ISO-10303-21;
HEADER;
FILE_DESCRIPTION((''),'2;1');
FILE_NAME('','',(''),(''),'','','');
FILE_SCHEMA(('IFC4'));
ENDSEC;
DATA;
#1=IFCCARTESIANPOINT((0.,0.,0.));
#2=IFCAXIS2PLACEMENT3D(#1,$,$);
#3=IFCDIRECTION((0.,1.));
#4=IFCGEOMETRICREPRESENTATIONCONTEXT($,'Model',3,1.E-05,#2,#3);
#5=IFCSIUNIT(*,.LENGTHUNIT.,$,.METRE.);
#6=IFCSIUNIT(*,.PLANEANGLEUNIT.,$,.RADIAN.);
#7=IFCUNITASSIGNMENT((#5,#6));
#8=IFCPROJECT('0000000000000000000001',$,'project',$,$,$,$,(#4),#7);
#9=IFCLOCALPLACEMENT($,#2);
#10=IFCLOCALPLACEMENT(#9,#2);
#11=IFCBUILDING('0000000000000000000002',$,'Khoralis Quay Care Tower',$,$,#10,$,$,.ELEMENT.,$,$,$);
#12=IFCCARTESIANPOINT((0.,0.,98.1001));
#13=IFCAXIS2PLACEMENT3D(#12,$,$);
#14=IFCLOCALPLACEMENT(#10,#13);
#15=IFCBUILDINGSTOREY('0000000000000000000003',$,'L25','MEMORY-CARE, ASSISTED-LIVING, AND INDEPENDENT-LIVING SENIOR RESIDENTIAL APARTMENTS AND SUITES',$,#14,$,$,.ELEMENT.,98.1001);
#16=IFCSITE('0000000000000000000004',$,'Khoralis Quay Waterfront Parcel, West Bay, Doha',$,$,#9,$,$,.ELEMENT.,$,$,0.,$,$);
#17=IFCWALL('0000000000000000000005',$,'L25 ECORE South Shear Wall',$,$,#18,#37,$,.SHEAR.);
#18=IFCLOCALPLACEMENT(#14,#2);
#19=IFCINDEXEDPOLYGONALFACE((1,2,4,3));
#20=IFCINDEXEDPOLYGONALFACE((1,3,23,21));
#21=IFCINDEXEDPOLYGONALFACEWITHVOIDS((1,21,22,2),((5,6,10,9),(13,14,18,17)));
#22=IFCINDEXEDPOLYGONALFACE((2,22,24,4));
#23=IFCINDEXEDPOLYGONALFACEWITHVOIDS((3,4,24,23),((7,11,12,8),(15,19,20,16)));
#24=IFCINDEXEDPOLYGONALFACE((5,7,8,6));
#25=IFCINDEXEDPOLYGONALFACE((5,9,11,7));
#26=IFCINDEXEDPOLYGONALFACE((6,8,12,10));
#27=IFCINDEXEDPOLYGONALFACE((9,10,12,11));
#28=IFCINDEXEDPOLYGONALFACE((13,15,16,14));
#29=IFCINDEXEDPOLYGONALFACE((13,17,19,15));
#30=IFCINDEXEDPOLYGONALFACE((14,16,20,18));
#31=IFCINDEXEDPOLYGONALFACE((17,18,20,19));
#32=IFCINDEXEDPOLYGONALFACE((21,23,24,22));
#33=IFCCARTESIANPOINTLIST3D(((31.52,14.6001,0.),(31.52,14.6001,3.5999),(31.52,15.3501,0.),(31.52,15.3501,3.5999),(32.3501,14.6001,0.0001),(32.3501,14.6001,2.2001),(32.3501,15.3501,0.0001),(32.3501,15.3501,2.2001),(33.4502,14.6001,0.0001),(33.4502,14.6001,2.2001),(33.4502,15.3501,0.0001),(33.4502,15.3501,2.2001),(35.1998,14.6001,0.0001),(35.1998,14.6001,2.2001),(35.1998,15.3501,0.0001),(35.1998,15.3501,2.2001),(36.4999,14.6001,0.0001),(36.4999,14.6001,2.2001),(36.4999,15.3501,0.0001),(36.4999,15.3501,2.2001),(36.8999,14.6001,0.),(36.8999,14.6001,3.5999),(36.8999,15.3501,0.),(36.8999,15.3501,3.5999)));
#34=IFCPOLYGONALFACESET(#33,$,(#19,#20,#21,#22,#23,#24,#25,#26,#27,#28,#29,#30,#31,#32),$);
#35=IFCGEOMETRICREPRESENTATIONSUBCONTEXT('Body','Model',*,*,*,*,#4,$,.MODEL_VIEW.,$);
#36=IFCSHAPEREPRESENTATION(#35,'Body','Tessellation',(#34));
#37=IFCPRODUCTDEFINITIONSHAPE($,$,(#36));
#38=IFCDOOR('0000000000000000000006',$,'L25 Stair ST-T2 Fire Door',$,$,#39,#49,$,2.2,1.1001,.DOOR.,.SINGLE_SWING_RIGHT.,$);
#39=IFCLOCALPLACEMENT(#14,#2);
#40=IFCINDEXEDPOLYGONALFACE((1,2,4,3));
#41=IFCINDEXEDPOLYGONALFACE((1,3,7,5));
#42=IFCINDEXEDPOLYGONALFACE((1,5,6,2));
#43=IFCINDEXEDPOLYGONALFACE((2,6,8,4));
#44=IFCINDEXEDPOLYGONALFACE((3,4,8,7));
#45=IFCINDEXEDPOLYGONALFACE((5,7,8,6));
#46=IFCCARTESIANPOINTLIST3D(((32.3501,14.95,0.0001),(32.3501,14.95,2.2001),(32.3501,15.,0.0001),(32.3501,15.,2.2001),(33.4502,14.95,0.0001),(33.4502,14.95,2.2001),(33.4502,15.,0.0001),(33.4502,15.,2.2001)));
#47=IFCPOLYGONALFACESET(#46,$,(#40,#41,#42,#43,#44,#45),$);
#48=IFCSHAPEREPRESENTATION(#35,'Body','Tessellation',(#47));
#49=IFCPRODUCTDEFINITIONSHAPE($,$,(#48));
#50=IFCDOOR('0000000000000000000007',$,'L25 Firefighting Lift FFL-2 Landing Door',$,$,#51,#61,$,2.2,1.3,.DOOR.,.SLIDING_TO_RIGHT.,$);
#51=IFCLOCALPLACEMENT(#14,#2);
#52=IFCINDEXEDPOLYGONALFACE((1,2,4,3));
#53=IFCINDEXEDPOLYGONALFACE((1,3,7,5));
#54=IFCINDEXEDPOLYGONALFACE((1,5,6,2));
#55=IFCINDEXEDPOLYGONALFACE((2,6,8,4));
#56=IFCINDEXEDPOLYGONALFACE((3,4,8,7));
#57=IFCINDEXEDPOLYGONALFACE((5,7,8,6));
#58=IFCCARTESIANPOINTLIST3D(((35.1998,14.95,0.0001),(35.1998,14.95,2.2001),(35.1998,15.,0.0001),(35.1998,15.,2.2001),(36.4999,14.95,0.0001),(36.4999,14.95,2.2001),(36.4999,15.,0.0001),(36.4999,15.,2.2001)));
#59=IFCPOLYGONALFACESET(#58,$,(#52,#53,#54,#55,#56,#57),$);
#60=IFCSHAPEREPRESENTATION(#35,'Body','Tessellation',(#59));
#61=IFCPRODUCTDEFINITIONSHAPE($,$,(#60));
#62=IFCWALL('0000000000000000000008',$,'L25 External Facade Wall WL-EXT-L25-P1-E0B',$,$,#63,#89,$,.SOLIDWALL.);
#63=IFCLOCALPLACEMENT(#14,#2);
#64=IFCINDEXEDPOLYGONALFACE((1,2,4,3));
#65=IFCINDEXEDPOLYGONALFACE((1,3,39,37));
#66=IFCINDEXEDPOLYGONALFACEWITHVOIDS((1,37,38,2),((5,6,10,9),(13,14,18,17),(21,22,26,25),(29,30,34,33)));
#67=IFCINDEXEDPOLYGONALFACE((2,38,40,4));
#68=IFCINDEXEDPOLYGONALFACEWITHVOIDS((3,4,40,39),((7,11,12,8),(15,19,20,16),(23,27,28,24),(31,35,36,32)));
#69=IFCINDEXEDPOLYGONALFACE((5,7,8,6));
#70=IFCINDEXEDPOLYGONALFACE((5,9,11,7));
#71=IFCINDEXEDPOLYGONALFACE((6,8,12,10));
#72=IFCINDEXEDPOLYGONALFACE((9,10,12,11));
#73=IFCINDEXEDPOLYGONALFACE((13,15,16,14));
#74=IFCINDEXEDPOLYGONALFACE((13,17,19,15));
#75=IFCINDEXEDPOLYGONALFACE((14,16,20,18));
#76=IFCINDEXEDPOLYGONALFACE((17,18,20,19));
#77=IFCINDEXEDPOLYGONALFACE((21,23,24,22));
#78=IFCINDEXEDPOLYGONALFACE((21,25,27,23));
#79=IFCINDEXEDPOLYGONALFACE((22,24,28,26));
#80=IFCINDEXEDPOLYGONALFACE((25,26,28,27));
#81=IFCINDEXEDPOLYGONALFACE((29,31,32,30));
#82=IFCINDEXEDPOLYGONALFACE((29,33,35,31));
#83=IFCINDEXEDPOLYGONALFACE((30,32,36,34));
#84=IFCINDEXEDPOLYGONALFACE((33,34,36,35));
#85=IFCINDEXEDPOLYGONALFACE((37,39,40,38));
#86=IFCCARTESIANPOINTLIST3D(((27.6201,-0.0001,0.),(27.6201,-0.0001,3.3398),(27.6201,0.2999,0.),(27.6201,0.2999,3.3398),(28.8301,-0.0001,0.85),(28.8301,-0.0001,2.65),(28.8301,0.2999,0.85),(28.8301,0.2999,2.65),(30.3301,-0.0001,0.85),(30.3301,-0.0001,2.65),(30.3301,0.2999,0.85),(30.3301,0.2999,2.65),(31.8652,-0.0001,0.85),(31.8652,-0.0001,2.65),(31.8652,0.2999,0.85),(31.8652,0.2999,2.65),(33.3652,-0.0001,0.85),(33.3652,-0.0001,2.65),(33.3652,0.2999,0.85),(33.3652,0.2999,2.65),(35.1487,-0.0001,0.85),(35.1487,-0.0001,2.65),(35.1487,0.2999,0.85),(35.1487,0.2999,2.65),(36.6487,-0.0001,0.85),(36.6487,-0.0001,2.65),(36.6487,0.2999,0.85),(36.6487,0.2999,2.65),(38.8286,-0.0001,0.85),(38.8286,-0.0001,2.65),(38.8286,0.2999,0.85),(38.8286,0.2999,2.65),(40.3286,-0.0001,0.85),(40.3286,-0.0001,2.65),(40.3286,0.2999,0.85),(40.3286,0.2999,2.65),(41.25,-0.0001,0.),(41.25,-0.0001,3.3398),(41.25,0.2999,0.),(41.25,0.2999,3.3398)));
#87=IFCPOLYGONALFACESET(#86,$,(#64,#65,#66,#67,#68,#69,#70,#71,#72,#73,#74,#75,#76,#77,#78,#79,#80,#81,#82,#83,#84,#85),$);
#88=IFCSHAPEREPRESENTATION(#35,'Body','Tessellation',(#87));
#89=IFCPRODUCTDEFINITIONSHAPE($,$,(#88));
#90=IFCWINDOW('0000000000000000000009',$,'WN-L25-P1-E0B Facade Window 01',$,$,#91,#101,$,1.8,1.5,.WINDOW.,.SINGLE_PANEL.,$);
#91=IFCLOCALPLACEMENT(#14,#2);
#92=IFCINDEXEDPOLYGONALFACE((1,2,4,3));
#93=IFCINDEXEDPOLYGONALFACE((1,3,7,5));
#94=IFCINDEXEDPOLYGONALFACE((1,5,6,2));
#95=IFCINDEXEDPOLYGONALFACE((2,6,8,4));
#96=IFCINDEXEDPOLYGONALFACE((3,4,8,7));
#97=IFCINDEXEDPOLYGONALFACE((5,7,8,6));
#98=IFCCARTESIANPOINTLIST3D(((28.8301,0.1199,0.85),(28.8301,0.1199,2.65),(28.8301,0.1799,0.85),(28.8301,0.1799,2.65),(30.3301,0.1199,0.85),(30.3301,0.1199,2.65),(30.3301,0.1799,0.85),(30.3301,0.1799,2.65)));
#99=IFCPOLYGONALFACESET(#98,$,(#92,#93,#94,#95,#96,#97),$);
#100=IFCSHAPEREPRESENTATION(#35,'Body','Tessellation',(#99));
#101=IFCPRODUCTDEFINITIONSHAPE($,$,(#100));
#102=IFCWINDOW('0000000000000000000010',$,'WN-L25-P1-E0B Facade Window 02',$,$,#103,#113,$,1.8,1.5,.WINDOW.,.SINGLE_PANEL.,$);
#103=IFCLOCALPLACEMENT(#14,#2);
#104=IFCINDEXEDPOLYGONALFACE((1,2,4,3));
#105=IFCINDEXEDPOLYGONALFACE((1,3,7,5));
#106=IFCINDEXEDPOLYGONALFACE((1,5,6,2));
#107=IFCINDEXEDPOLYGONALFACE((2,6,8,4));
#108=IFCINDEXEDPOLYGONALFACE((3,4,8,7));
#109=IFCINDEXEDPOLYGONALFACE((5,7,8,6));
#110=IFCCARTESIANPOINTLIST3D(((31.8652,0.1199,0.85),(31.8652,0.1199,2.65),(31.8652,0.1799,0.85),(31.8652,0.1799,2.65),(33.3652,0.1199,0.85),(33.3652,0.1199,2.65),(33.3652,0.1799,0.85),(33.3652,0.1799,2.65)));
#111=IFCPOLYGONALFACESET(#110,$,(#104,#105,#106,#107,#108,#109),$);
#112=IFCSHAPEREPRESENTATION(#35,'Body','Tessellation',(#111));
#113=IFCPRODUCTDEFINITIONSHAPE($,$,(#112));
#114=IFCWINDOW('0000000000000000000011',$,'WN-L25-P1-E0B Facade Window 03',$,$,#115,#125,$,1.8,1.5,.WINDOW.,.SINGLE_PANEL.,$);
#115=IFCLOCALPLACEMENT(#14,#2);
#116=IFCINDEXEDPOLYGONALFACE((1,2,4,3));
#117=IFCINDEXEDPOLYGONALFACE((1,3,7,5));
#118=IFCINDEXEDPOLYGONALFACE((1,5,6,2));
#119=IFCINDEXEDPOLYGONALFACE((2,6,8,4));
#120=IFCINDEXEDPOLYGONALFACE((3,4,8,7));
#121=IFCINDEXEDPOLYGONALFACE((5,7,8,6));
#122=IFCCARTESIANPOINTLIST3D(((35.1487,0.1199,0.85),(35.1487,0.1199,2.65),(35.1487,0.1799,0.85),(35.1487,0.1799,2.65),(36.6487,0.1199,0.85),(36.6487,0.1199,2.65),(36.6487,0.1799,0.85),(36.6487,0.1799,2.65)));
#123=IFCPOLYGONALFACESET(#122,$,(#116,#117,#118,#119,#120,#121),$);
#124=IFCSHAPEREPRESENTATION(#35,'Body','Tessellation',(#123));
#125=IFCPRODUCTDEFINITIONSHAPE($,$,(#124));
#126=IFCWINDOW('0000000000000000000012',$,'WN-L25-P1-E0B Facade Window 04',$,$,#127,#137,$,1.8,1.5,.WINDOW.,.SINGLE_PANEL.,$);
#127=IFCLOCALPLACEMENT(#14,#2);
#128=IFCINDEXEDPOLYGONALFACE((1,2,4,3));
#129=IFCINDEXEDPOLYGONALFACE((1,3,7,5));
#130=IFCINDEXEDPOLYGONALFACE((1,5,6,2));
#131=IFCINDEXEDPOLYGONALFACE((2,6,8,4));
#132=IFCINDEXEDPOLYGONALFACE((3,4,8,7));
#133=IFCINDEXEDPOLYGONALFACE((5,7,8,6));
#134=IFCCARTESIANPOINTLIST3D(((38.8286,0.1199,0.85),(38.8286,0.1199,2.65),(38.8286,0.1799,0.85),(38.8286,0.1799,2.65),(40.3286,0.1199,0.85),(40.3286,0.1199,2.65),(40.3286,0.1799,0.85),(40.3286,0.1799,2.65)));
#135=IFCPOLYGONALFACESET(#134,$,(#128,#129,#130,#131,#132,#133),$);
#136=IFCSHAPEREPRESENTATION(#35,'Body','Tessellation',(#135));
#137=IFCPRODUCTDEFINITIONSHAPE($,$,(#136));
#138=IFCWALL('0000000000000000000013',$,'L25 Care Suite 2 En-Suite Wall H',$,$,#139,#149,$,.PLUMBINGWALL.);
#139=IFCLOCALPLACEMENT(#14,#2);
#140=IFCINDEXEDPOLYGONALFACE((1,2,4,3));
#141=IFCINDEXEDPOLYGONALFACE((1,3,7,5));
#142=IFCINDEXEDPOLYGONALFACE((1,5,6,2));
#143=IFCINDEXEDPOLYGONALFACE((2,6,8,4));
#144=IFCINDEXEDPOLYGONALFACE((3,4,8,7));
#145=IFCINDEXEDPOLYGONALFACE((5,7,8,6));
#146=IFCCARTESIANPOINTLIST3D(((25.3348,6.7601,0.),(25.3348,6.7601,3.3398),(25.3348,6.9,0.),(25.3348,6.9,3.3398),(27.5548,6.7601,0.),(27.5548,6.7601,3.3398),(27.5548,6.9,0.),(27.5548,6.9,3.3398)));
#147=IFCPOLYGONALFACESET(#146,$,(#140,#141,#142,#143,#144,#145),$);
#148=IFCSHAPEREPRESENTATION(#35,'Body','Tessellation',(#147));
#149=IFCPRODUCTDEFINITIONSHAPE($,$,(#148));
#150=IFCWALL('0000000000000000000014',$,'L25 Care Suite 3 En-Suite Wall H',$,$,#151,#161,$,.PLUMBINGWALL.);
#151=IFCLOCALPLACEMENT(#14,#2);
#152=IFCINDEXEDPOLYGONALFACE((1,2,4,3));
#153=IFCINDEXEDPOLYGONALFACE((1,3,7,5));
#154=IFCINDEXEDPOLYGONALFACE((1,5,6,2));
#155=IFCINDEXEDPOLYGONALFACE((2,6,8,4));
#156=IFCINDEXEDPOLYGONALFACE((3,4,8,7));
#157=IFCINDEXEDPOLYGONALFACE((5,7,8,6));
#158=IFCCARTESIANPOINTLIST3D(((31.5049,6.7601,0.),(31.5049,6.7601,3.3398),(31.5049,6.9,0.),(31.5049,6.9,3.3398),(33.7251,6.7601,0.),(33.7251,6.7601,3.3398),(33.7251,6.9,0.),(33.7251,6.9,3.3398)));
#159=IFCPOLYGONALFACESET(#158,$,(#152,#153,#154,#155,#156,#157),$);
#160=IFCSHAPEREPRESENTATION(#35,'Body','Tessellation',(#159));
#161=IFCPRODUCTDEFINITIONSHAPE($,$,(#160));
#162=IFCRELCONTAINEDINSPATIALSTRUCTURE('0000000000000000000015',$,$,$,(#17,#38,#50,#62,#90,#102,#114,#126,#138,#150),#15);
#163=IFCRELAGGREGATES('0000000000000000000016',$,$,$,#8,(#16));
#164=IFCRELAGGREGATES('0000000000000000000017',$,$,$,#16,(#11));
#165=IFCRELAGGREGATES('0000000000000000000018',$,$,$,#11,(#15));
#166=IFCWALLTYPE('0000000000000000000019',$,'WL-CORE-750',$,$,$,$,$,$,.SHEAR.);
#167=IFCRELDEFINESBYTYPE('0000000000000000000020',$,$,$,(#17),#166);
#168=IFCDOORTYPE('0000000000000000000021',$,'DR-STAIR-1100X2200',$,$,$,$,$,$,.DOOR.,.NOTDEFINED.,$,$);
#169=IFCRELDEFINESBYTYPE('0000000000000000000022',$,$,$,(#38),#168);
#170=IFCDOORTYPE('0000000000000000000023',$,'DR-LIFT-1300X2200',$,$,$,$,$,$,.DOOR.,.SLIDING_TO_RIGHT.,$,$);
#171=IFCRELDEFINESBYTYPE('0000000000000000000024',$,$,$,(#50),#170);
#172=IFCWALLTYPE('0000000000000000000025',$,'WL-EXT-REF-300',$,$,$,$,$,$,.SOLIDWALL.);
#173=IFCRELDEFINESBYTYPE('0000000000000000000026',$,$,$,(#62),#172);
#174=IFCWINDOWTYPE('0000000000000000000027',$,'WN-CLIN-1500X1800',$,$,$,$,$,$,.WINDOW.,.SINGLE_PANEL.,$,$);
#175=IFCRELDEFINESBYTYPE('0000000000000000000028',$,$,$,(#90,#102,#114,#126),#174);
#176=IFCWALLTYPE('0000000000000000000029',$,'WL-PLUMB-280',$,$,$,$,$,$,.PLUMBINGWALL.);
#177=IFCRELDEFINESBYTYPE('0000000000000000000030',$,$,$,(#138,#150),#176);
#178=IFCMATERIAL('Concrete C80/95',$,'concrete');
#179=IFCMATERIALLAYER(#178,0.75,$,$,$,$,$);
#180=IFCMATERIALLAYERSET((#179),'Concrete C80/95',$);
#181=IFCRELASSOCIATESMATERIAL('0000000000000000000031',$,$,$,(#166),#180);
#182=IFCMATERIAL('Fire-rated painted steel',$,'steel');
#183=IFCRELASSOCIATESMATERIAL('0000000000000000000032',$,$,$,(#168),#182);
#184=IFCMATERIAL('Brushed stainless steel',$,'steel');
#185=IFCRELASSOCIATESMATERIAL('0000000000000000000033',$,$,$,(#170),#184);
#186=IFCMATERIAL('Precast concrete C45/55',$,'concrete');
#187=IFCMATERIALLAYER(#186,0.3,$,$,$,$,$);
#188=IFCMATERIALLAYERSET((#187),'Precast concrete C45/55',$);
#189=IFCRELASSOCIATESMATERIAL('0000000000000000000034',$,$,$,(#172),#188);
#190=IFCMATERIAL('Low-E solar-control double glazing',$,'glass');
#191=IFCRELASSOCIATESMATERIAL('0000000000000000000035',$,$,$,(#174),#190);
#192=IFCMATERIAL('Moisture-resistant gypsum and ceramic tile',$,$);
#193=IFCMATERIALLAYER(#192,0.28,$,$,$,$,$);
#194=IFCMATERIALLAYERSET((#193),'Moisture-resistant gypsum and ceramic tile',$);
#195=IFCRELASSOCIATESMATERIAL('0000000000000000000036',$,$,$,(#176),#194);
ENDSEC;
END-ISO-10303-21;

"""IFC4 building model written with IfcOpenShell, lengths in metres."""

from ifc_helpers import new_model, si_unit, direction, frame, frame_2d, origin, place, context, subcontext, project, spatial, rectangle, extrude, source, transform, mapped, material, layer, layer_set, type_object, element, fill, save


model = new_model("IFC4")

# Units and contexts
model_context = context("Model", 3, precision=1e-05, world=origin(), true_north=direction((0.0, 1.0)))
body_context = subcontext(model_context, "Body", "Model", "MODEL_VIEW")
ifc_project = project(units=[si_unit("LENGTHUNIT", "METRE"), si_unit("PLANEANGLEUNIT", "RADIAN")], contexts=[model_context])

# Site, building, storey
site_placement = place(None, origin())
site = spatial("IfcSite", under=ifc_project, at=site_placement, Name="Khoralis Quay Waterfront Parcel, West Bay, Doha", CompositionType="ELEMENT", RefElevation=0.0)
building_placement = place(site_placement, origin())
building = spatial("IfcBuilding", under=site, at=building_placement, Name="Khoralis Quay Care Tower", CompositionType="ELEMENT")
storey_placement = place(building_placement, frame((0.0, 0.0, 98.1001)))
storey = spatial("IfcBuildingStorey", under=building, at=storey_placement, Name="L25", Description="MEMORY-CARE, ASSISTED-LIVING, AND INDEPENDENT-LIVING SENIOR RESIDENTIAL APARTMENTS AND SUITES", CompositionType="ELEMENT", Elevation=98.1001)

# Shared definitions
ifc_material_1 = material(Name="Low-E solar-control double glazing", Category="glass")

# Shared definitions
ifc_material_2 = material(Name="Fire-rated painted steel", Category="steel")

# Shared definitions
ifc_material_3 = material(Name="Concrete C80/95", Category="concrete")
ifc_layer_1 = layer(ifc_material_3, 0.75)
ifc_layer_set_1 = layer_set([ifc_layer_1], Name="Concrete C80/95")
wall_type_1 = type_object("IfcWallType", Name="WL-CORE-750", PredefinedType="SHEAR", material=ifc_layer_set_1)

# Wall, openings, doors
wall_1_placement = place(storey_placement, frame((31.52, 14.9751, 0.0), z_axis=(0.0, 0.0, 1.0), x_axis=(1.0, 0.0, 0.0)))
wall_1 = element("IfcWall", 1, at=wall_1_placement, inside=storey, type_object=wall_type_1, Name="L25 ECORE South Shear Wall", PredefinedType="SHEAR", context=body_context, shape_type="SweptSolid", body=[
    extrude(rectangle(XDim=5.3799, YDim=0.75, at=frame_2d((2.6899, 0.0))), origin(), (0.0, 0.0, 1.0), 3.5999),
])
opening_1_placement = place(wall_1_placement, frame((0.8301, 0.0, 0.0)))
opening_1 = element("IfcOpeningElement", 2, at=opening_1_placement, cuts=wall_1, PredefinedType="OPENING", context=body_context, shape_type="SweptSolid", body=[
    extrude(rectangle(XDim=1.1001, YDim=2.2, at=frame_2d((0.55, 1.1001))), frame((0.0, 0.385, 0.0), z_axis=(0.0, -1.0, 0.0), x_axis=(1.0, 0.0, 0.0)), (0.0, 0.0, 1.0), 0.77),
])
opening_2_placement = place(wall_1_placement, frame((3.6799, 0.0, 0.0)))
opening_2 = element("IfcOpeningElement", 3, at=opening_2_placement, cuts=wall_1, PredefinedType="OPENING", context=body_context, shape_type="SweptSolid", body=[
    extrude(rectangle(XDim=1.3, YDim=2.2, at=frame_2d((0.6499, 1.1001))), frame((0.0, 0.385, 0.0), z_axis=(0.0, -1.0, 0.0), x_axis=(1.0, 0.0, 0.0)), (0.0, 0.0, 1.0), 0.77),
])
door_type_1 = type_object("IfcDoorType", Name="DR-STAIR-1100X2200", OperationType="NOTDEFINED", PredefinedType="DOOR", material=ifc_material_2)
shared_shape_1 = source(origin(), body_context, "Body", "SweptSolid", [
    extrude(rectangle(XDim=1.1001, YDim=2.2, at=frame_2d((0.55, 1.1001))), frame((0.0, 0.0249, 0.0), z_axis=(0.0, -1.0, 0.0), x_axis=(1.0, 0.0, 0.0)), (0.0, 0.0, 1.0), 0.05),
])
door_1_placement = place(opening_1_placement, origin())
door_1 = element("IfcDoor", 4, at=door_1_placement, inside=storey, type_object=door_type_1, Name="L25 Stair ST-T2 Fire Door", OperationType="SINGLE_SWING_RIGHT", OverallHeight=2.2, OverallWidth=1.1001, PredefinedType="DOOR", context=body_context, shape_type="MappedRepresentation", body=[
    mapped(shared_shape_1, transform((0.0, 0.0, 0.0), scale=1.0)),
])
fill(opening_1, door_1)
ifc_material_4 = material(Name="Brushed stainless steel", Category="steel")
door_type_2 = type_object("IfcDoorType", Name="DR-LIFT-1300X2200", OperationType="SLIDING_TO_RIGHT", PredefinedType="DOOR", material=ifc_material_4)
shared_shape_2 = source(origin(), body_context, "Body", "SweptSolid", [
    extrude(rectangle(XDim=1.3, YDim=2.2, at=frame_2d((0.6499, 1.1001))), frame((0.0, 0.0249, 0.0), z_axis=(0.0, -1.0, 0.0), x_axis=(1.0, 0.0, 0.0)), (0.0, 0.0, 1.0), 0.05),
])
door_2_placement = place(opening_2_placement, origin())
door_2 = element("IfcDoor", 5, at=door_2_placement, inside=storey, type_object=door_type_2, Name="L25 Firefighting Lift FFL-2 Landing Door", OperationType="SLIDING_TO_RIGHT", OverallHeight=2.2, OverallWidth=1.3, PredefinedType="DOOR", context=body_context, shape_type="MappedRepresentation", body=[
    mapped(shared_shape_2, transform((0.0, 0.0, 0.0), scale=1.0)),
])
fill(opening_2, door_2)

# Wall, openings, windows
ifc_material_5 = material(Name="Precast concrete C45/55", Category="concrete")
ifc_layer_2 = layer(ifc_material_5, 0.3)
ifc_layer_set_2 = layer_set([ifc_layer_2], Name="Precast concrete C45/55")
wall_type_2 = type_object("IfcWallType", Name="WL-EXT-REF-300", PredefinedType="SOLIDWALL", material=ifc_layer_set_2)
wall_2_placement = place(storey_placement, frame((27.6201, 0.1499, 0.0), z_axis=(0.0, 0.0, 1.0), x_axis=(1.0, 0.0, 0.0)))
wall_2 = element("IfcWall", 6, at=wall_2_placement, inside=storey, type_object=wall_type_2, Name="L25 External Facade Wall WL-EXT-L25-P1-E0B", PredefinedType="SOLIDWALL", context=body_context, shape_type="SweptSolid", body=[
    extrude(rectangle(XDim=13.6299, YDim=0.3, at=frame_2d((6.8149, 0.0))), origin(), (0.0, 0.0, 1.0), 3.3398),
])
opening_3_placement = place(wall_2_placement, frame((1.21, 0.0, 0.8501)))
opening_3 = element("IfcOpeningElement", 7, at=opening_3_placement, cuts=wall_2, PredefinedType="OPENING", context=body_context, shape_type="SweptSolid", body=[
    extrude(rectangle(XDim=1.5, YDim=1.8, at=frame_2d((0.75, 0.8999))), frame((0.0, 0.1602, 0.0), z_axis=(0.0, -1.0, 0.0), x_axis=(1.0, 0.0, 0.0)), (0.0, 0.0, 1.0), 0.3201),
])
opening_4_placement = place(wall_2_placement, frame((4.2451, 0.0, 0.8501)))
opening_4 = element("IfcOpeningElement", 8, at=opening_4_placement, cuts=wall_2, PredefinedType="OPENING", context=body_context, shape_type="SweptSolid", body=[
    extrude(rectangle(XDim=1.5, YDim=1.8, at=frame_2d((0.75, 0.8999))), frame((0.0, 0.1602, 0.0), z_axis=(0.0, -1.0, 0.0), x_axis=(1.0, 0.0, 0.0)), (0.0, 0.0, 1.0), 0.3201),
])
opening_5_placement = place(wall_2_placement, frame((7.5286, 0.0, 0.8501)))
opening_5 = element("IfcOpeningElement", 9, at=opening_5_placement, cuts=wall_2, PredefinedType="OPENING", context=body_context, shape_type="SweptSolid", body=[
    extrude(rectangle(XDim=1.5, YDim=1.8, at=frame_2d((0.75, 0.8999))), frame((0.0, 0.1602, 0.0), z_axis=(0.0, -1.0, 0.0), x_axis=(1.0, 0.0, 0.0)), (0.0, 0.0, 1.0), 0.3201),
])
opening_6_placement = place(wall_2_placement, frame((11.2085, 0.0, 0.8501)))
opening_6 = element("IfcOpeningElement", 10, at=opening_6_placement, cuts=wall_2, PredefinedType="OPENING", context=body_context, shape_type="SweptSolid", body=[
    extrude(rectangle(XDim=1.5, YDim=1.8, at=frame_2d((0.75, 0.8999))), frame((0.0, 0.1602, 0.0), z_axis=(0.0, -1.0, 0.0), x_axis=(1.0, 0.0, 0.0)), (0.0, 0.0, 1.0), 0.3201),
])
window_type = type_object("IfcWindowType", Name="WN-CLIN-1500X1800", PartitioningType="SINGLE_PANEL", PredefinedType="WINDOW", material=ifc_material_1)
shared_shape_3 = source(origin(), body_context, "Body", "SweptSolid", [
    extrude(rectangle(XDim=1.5, YDim=1.8, at=frame_2d((0.75, 0.8999))), frame((0.0, 0.03, 0.0), z_axis=(0.0, -1.0, 0.0), x_axis=(1.0, 0.0, 0.0)), (0.0, 0.0, 1.0), 0.0601),
])
window_1_placement = place(opening_3_placement, origin())
window_1 = element("IfcWindow", 11, at=window_1_placement, inside=storey, type_object=window_type, Name="WN-L25-P1-E0B Facade Window 01", OverallHeight=1.8, OverallWidth=1.5, PartitioningType="SINGLE_PANEL", PredefinedType="WINDOW", context=body_context, shape_type="MappedRepresentation", body=[
    mapped(shared_shape_3, transform((0.0, 0.0, 0.0), scale=1.0)),
])
fill(opening_3, window_1)
window_2_placement = place(opening_4_placement, origin())
window_2 = element("IfcWindow", 12, at=window_2_placement, inside=storey, type_object=window_type, Name="WN-L25-P1-E0B Facade Window 02", OverallHeight=1.8, OverallWidth=1.5, PartitioningType="SINGLE_PANEL", PredefinedType="WINDOW", context=body_context, shape_type="MappedRepresentation", body=[
    mapped(shared_shape_3, transform((0.0, 0.0, 0.0), scale=1.0)),
])
fill(opening_4, window_2)
window_3_placement = place(opening_5_placement, origin())
window_3 = element("IfcWindow", 13, at=window_3_placement, inside=storey, type_object=window_type, Name="WN-L25-P1-E0B Facade Window 03", OverallHeight=1.8, OverallWidth=1.5, PartitioningType="SINGLE_PANEL", PredefinedType="WINDOW", context=body_context, shape_type="MappedRepresentation", body=[
    mapped(shared_shape_3, transform((0.0, 0.0, 0.0), scale=1.0)),
])
fill(opening_5, window_3)
window_4_placement = place(opening_6_placement, origin())
window_4 = element("IfcWindow", 14, at=window_4_placement, inside=storey, type_object=window_type, Name="WN-L25-P1-E0B Facade Window 04", OverallHeight=1.8, OverallWidth=1.5, PartitioningType="SINGLE_PANEL", PredefinedType="WINDOW", context=body_context, shape_type="MappedRepresentation", body=[
    mapped(shared_shape_3, transform((0.0, 0.0, 0.0), scale=1.0)),
])
fill(opening_6, window_4)

# Walls
ifc_material_6 = material(Name="Moisture-resistant gypsum and ceramic tile")
ifc_layer_3 = layer(ifc_material_6, 0.28)
ifc_layer_set_3 = layer_set([ifc_layer_3], Name="Moisture-resistant gypsum and ceramic tile")
wall_type_3 = type_object("IfcWallType", Name="WL-PLUMB-280", PredefinedType="PLUMBINGWALL", material=ifc_layer_set_3)
wall_3_placement = place(storey_placement, frame((25.335, 6.8301, 0.0), z_axis=(0.0, 0.0, 1.0), x_axis=(1.0, 0.0, 0.0)))
element("IfcWall", 15, at=wall_3_placement, inside=storey, type_object=wall_type_3, Name="L25 Care Suite 2 En-Suite Wall H", PredefinedType="PLUMBINGWALL", context=body_context, shape_type="SweptSolid", body=[
    extrude(rectangle(XDim=2.22, YDim=0.1399, at=frame_2d((1.1099, 0.0))), origin(), (0.0, 0.0, 1.0), 3.3398),
])
wall_4_placement = place(storey_placement, frame((31.5049, 6.8301, 0.0), z_axis=(0.0, 0.0, 1.0), x_axis=(1.0, 0.0, 0.0)))
element("IfcWall", 16, at=wall_4_placement, inside=storey, type_object=wall_type_3, Name="L25 Care Suite 3 En-Suite Wall H", PredefinedType="PLUMBINGWALL", context=body_context, shape_type="SweptSolid", body=[
    extrude(rectangle(XDim=2.2202, YDim=0.1399, at=frame_2d((1.1101, 0.0))), origin(), (0.0, 0.0, 1.0), 3.3398),
])

save(model, "model.ifc")
